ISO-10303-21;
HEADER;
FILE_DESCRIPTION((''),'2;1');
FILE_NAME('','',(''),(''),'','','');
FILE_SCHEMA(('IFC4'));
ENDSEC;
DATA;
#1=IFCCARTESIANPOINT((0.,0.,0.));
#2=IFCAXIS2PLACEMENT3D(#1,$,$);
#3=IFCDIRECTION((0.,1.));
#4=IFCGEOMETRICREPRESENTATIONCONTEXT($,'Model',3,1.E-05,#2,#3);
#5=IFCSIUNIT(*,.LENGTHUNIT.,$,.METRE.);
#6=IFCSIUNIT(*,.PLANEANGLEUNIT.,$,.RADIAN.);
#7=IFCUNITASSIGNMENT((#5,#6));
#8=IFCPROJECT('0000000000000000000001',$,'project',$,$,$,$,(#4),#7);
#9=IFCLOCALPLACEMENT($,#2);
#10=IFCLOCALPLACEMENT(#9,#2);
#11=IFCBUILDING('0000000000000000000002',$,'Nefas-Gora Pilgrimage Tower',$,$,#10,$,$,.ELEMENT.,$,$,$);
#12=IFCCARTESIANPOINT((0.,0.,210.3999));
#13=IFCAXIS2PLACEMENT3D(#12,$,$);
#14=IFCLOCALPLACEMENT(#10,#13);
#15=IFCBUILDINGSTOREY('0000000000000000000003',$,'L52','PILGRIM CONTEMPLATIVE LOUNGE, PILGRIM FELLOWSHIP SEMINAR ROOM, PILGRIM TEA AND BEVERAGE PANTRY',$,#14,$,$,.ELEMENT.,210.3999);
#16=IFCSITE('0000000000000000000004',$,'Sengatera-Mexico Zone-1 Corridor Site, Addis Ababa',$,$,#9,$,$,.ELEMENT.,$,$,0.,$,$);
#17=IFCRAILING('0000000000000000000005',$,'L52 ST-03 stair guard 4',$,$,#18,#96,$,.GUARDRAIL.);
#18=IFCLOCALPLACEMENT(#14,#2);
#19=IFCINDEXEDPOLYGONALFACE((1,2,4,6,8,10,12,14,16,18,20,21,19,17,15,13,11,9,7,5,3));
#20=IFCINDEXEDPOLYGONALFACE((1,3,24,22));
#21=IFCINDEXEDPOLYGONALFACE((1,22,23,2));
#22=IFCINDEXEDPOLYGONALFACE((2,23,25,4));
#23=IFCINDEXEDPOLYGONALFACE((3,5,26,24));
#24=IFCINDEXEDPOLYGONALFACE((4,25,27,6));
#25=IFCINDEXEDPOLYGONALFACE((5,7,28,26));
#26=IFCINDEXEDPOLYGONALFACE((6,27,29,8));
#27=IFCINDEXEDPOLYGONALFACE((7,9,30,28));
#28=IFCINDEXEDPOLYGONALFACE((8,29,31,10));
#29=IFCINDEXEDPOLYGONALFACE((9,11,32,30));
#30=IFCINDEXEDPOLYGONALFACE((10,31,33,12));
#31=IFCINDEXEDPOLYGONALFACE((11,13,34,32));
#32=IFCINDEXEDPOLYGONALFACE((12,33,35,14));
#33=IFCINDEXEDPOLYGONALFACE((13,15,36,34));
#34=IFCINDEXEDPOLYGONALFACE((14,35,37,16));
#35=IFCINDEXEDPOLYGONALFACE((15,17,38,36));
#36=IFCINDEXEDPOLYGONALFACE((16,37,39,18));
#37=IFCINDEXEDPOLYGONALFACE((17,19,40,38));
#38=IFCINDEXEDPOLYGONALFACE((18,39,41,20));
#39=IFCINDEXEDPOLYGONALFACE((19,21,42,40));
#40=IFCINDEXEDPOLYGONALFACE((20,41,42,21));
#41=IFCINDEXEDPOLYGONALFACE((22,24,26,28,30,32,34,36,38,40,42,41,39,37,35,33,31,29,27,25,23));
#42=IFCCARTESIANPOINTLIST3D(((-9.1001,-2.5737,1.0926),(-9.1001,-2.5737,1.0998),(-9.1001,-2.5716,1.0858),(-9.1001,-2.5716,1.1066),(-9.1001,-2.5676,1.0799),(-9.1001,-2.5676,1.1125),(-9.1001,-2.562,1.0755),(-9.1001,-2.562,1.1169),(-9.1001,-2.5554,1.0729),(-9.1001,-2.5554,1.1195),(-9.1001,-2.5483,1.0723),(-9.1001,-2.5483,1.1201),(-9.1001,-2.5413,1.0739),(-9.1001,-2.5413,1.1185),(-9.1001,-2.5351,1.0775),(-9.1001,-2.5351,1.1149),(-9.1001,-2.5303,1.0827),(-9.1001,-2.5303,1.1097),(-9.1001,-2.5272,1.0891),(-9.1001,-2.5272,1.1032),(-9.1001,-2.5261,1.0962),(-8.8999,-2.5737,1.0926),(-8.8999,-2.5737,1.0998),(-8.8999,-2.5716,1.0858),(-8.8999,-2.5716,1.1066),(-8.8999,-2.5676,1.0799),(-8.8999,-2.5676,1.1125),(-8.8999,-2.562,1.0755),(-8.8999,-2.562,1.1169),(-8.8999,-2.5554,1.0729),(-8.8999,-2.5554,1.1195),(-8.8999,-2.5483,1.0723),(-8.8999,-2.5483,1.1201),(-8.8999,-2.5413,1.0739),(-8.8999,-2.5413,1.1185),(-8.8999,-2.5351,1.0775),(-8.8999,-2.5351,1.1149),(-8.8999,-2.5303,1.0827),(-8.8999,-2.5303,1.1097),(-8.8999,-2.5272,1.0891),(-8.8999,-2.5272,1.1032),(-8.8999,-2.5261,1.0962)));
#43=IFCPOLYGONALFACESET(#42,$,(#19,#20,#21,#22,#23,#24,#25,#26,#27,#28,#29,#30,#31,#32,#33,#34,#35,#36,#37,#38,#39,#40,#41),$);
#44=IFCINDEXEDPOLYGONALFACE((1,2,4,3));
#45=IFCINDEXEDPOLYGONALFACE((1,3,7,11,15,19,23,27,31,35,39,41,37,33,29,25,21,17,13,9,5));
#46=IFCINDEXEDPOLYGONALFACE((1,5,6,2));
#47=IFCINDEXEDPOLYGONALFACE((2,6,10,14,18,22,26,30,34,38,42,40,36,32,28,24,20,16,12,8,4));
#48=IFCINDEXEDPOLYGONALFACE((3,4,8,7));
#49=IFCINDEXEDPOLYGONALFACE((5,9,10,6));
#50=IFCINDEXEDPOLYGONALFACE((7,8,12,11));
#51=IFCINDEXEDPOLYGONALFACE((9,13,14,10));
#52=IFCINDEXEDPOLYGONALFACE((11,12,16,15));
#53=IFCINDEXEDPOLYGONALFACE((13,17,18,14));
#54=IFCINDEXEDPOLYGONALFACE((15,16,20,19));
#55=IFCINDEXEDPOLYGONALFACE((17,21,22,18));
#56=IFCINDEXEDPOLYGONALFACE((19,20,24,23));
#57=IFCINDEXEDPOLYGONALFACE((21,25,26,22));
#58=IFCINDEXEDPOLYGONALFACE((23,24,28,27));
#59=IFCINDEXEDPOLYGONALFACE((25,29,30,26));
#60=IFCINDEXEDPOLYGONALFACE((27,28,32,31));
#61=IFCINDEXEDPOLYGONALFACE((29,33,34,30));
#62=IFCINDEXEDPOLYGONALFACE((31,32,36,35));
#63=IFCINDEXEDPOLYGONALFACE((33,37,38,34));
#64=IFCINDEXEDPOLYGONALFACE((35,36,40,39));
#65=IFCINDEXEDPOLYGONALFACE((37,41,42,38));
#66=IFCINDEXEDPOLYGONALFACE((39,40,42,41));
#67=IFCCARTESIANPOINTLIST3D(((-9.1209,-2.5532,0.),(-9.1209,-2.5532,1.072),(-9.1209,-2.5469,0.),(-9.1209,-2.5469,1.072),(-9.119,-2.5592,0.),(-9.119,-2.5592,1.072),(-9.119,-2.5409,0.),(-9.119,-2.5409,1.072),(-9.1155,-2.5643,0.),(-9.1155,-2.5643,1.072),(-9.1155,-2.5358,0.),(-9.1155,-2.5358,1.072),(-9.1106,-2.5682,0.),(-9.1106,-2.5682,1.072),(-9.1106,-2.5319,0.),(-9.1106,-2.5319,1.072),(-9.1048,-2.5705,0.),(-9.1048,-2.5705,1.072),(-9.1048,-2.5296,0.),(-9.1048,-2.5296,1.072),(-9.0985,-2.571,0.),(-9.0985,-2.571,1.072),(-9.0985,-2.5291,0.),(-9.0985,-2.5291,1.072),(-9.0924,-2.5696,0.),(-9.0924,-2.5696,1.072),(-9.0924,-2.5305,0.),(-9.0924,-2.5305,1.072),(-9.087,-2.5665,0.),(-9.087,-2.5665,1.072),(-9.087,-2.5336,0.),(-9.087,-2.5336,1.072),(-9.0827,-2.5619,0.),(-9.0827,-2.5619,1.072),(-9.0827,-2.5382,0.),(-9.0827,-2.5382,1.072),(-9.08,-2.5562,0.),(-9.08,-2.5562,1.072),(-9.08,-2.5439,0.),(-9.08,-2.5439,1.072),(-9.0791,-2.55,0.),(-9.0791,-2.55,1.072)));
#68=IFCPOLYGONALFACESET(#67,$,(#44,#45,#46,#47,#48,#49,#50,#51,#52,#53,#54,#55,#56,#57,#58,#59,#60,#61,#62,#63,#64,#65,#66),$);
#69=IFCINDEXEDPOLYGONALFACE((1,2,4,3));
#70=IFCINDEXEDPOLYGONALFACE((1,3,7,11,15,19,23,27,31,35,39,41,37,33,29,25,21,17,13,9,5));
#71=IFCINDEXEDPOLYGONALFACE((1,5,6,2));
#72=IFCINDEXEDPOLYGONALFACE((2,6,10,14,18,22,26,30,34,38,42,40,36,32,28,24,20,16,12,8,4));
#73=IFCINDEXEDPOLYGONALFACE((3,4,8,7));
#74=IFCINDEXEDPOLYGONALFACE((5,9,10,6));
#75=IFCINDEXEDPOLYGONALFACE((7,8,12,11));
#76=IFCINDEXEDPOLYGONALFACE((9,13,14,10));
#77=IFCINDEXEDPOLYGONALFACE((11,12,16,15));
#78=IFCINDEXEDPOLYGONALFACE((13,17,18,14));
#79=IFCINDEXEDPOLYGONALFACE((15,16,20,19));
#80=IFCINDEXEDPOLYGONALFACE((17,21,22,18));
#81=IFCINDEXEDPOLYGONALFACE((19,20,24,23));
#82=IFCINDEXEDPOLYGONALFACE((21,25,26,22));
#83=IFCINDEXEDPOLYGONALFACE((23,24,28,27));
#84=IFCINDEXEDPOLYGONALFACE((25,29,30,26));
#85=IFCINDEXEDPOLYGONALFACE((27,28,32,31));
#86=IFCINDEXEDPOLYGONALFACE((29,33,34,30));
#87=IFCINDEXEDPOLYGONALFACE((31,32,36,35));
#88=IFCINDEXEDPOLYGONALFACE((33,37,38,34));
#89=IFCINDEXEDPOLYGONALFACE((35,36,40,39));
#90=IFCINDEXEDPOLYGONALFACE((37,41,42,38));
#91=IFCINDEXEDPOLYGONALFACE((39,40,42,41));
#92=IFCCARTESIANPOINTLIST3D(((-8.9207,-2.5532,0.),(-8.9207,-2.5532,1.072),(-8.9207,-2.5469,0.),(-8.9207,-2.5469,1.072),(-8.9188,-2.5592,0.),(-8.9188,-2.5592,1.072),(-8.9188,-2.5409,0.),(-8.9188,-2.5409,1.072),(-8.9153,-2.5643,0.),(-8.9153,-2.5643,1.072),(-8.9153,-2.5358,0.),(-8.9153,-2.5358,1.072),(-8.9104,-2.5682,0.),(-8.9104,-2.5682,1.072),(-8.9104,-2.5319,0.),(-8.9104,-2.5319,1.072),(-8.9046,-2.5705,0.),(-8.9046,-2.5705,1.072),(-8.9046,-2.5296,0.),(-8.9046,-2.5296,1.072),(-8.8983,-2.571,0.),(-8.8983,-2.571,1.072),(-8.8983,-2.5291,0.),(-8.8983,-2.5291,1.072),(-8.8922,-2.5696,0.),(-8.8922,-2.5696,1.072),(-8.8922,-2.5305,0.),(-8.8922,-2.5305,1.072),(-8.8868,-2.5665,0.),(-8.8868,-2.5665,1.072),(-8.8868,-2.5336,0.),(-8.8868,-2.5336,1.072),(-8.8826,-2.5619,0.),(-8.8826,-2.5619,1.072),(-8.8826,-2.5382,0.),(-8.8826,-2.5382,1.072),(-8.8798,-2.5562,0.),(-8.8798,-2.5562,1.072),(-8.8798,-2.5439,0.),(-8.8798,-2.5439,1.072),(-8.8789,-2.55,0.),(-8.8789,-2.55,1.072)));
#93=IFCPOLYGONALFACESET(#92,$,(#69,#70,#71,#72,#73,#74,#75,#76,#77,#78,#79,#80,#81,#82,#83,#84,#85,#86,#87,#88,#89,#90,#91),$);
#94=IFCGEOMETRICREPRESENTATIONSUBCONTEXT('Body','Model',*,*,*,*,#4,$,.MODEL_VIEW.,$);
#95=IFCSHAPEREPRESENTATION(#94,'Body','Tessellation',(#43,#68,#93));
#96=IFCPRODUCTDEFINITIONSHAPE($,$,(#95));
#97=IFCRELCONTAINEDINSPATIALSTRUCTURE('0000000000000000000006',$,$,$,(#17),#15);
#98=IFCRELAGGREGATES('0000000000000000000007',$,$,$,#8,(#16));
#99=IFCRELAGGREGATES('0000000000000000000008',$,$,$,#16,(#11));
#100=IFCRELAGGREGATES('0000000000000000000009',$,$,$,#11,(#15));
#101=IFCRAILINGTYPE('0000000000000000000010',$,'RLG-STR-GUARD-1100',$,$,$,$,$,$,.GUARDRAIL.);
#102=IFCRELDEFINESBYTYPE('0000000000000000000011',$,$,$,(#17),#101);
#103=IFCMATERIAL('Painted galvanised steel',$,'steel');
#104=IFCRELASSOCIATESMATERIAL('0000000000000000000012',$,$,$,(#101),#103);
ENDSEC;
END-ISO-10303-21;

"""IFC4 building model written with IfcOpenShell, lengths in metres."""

from ifc_helpers import new_model, si_unit, direction, frame, origin, origin_2d, place, context, subcontext, project, spatial, circle, extrude, material, type_object, element, save


model = new_model("IFC4")

# Units and contexts
model_context = context("Model", 3, precision=1e-05, world=origin(), true_north=direction((0.0, 1.0)))
body_context = subcontext(model_context, "Body", "Model", "MODEL_VIEW")
ifc_project = project(units=[si_unit("LENGTHUNIT", "METRE"), si_unit("PLANEANGLEUNIT", "RADIAN")], contexts=[model_context])

# Site, building, storey
site_placement = place(None, origin())
site = spatial("IfcSite", under=ifc_project, at=site_placement, Name="Sengatera-Mexico Zone-1 Corridor Site, Addis Ababa", CompositionType="ELEMENT", RefElevation=0.0)
building_placement = place(site_placement, origin())
building = spatial("IfcBuilding", under=site, at=building_placement, Name="Nefas-Gora Pilgrimage Tower", CompositionType="ELEMENT")
storey_placement = place(building_placement, frame((0.0, 0.0, 210.3999)))
storey = spatial("IfcBuildingStorey", under=building, at=storey_placement, Name="L52", Description="PILGRIM CONTEMPLATIVE LOUNGE, PILGRIM FELLOWSHIP SEMINAR ROOM, PILGRIM TEA AND BEVERAGE PANTRY", CompositionType="ELEMENT", Elevation=210.3999)

# Railing
ifc_material_1 = material(Name="Painted galvanised steel", Category="steel")
railing_type_1 = type_object("IfcRailingType", Name="RLG-STR-GUARD-1100", PredefinedType="GUARDRAIL", material=ifc_material_1)
railing_1_placement = place(storey_placement, frame((-9.1001, -2.55, 0.0)))
element("IfcRailing", 1, at=railing_1_placement, inside=storey, type_object=railing_type_1, Name="L52 ST-03 stair guard 4", PredefinedType="GUARDRAIL", context=body_context, shape_type="SweptSolid", body=[
    extrude(circle(Radius=0.0239, at=origin_2d()), frame((0.0, 0.0, 1.0962), z_axis=(1.0, 0.0, 0.0), x_axis=(0.0, 1.0, 0.0)), (0.0, 0.0, 1.0), 0.2002),
    extrude(circle(Radius=0.021, at=origin_2d()), origin(), (0.0, 0.0, 1.0), 1.072),
    extrude(circle(Radius=0.021, at=origin_2d()), frame((0.2002, 0.0, 0.0)), (0.0, 0.0, 1.0), 1.072),
])

save(model, "model.ifc")
